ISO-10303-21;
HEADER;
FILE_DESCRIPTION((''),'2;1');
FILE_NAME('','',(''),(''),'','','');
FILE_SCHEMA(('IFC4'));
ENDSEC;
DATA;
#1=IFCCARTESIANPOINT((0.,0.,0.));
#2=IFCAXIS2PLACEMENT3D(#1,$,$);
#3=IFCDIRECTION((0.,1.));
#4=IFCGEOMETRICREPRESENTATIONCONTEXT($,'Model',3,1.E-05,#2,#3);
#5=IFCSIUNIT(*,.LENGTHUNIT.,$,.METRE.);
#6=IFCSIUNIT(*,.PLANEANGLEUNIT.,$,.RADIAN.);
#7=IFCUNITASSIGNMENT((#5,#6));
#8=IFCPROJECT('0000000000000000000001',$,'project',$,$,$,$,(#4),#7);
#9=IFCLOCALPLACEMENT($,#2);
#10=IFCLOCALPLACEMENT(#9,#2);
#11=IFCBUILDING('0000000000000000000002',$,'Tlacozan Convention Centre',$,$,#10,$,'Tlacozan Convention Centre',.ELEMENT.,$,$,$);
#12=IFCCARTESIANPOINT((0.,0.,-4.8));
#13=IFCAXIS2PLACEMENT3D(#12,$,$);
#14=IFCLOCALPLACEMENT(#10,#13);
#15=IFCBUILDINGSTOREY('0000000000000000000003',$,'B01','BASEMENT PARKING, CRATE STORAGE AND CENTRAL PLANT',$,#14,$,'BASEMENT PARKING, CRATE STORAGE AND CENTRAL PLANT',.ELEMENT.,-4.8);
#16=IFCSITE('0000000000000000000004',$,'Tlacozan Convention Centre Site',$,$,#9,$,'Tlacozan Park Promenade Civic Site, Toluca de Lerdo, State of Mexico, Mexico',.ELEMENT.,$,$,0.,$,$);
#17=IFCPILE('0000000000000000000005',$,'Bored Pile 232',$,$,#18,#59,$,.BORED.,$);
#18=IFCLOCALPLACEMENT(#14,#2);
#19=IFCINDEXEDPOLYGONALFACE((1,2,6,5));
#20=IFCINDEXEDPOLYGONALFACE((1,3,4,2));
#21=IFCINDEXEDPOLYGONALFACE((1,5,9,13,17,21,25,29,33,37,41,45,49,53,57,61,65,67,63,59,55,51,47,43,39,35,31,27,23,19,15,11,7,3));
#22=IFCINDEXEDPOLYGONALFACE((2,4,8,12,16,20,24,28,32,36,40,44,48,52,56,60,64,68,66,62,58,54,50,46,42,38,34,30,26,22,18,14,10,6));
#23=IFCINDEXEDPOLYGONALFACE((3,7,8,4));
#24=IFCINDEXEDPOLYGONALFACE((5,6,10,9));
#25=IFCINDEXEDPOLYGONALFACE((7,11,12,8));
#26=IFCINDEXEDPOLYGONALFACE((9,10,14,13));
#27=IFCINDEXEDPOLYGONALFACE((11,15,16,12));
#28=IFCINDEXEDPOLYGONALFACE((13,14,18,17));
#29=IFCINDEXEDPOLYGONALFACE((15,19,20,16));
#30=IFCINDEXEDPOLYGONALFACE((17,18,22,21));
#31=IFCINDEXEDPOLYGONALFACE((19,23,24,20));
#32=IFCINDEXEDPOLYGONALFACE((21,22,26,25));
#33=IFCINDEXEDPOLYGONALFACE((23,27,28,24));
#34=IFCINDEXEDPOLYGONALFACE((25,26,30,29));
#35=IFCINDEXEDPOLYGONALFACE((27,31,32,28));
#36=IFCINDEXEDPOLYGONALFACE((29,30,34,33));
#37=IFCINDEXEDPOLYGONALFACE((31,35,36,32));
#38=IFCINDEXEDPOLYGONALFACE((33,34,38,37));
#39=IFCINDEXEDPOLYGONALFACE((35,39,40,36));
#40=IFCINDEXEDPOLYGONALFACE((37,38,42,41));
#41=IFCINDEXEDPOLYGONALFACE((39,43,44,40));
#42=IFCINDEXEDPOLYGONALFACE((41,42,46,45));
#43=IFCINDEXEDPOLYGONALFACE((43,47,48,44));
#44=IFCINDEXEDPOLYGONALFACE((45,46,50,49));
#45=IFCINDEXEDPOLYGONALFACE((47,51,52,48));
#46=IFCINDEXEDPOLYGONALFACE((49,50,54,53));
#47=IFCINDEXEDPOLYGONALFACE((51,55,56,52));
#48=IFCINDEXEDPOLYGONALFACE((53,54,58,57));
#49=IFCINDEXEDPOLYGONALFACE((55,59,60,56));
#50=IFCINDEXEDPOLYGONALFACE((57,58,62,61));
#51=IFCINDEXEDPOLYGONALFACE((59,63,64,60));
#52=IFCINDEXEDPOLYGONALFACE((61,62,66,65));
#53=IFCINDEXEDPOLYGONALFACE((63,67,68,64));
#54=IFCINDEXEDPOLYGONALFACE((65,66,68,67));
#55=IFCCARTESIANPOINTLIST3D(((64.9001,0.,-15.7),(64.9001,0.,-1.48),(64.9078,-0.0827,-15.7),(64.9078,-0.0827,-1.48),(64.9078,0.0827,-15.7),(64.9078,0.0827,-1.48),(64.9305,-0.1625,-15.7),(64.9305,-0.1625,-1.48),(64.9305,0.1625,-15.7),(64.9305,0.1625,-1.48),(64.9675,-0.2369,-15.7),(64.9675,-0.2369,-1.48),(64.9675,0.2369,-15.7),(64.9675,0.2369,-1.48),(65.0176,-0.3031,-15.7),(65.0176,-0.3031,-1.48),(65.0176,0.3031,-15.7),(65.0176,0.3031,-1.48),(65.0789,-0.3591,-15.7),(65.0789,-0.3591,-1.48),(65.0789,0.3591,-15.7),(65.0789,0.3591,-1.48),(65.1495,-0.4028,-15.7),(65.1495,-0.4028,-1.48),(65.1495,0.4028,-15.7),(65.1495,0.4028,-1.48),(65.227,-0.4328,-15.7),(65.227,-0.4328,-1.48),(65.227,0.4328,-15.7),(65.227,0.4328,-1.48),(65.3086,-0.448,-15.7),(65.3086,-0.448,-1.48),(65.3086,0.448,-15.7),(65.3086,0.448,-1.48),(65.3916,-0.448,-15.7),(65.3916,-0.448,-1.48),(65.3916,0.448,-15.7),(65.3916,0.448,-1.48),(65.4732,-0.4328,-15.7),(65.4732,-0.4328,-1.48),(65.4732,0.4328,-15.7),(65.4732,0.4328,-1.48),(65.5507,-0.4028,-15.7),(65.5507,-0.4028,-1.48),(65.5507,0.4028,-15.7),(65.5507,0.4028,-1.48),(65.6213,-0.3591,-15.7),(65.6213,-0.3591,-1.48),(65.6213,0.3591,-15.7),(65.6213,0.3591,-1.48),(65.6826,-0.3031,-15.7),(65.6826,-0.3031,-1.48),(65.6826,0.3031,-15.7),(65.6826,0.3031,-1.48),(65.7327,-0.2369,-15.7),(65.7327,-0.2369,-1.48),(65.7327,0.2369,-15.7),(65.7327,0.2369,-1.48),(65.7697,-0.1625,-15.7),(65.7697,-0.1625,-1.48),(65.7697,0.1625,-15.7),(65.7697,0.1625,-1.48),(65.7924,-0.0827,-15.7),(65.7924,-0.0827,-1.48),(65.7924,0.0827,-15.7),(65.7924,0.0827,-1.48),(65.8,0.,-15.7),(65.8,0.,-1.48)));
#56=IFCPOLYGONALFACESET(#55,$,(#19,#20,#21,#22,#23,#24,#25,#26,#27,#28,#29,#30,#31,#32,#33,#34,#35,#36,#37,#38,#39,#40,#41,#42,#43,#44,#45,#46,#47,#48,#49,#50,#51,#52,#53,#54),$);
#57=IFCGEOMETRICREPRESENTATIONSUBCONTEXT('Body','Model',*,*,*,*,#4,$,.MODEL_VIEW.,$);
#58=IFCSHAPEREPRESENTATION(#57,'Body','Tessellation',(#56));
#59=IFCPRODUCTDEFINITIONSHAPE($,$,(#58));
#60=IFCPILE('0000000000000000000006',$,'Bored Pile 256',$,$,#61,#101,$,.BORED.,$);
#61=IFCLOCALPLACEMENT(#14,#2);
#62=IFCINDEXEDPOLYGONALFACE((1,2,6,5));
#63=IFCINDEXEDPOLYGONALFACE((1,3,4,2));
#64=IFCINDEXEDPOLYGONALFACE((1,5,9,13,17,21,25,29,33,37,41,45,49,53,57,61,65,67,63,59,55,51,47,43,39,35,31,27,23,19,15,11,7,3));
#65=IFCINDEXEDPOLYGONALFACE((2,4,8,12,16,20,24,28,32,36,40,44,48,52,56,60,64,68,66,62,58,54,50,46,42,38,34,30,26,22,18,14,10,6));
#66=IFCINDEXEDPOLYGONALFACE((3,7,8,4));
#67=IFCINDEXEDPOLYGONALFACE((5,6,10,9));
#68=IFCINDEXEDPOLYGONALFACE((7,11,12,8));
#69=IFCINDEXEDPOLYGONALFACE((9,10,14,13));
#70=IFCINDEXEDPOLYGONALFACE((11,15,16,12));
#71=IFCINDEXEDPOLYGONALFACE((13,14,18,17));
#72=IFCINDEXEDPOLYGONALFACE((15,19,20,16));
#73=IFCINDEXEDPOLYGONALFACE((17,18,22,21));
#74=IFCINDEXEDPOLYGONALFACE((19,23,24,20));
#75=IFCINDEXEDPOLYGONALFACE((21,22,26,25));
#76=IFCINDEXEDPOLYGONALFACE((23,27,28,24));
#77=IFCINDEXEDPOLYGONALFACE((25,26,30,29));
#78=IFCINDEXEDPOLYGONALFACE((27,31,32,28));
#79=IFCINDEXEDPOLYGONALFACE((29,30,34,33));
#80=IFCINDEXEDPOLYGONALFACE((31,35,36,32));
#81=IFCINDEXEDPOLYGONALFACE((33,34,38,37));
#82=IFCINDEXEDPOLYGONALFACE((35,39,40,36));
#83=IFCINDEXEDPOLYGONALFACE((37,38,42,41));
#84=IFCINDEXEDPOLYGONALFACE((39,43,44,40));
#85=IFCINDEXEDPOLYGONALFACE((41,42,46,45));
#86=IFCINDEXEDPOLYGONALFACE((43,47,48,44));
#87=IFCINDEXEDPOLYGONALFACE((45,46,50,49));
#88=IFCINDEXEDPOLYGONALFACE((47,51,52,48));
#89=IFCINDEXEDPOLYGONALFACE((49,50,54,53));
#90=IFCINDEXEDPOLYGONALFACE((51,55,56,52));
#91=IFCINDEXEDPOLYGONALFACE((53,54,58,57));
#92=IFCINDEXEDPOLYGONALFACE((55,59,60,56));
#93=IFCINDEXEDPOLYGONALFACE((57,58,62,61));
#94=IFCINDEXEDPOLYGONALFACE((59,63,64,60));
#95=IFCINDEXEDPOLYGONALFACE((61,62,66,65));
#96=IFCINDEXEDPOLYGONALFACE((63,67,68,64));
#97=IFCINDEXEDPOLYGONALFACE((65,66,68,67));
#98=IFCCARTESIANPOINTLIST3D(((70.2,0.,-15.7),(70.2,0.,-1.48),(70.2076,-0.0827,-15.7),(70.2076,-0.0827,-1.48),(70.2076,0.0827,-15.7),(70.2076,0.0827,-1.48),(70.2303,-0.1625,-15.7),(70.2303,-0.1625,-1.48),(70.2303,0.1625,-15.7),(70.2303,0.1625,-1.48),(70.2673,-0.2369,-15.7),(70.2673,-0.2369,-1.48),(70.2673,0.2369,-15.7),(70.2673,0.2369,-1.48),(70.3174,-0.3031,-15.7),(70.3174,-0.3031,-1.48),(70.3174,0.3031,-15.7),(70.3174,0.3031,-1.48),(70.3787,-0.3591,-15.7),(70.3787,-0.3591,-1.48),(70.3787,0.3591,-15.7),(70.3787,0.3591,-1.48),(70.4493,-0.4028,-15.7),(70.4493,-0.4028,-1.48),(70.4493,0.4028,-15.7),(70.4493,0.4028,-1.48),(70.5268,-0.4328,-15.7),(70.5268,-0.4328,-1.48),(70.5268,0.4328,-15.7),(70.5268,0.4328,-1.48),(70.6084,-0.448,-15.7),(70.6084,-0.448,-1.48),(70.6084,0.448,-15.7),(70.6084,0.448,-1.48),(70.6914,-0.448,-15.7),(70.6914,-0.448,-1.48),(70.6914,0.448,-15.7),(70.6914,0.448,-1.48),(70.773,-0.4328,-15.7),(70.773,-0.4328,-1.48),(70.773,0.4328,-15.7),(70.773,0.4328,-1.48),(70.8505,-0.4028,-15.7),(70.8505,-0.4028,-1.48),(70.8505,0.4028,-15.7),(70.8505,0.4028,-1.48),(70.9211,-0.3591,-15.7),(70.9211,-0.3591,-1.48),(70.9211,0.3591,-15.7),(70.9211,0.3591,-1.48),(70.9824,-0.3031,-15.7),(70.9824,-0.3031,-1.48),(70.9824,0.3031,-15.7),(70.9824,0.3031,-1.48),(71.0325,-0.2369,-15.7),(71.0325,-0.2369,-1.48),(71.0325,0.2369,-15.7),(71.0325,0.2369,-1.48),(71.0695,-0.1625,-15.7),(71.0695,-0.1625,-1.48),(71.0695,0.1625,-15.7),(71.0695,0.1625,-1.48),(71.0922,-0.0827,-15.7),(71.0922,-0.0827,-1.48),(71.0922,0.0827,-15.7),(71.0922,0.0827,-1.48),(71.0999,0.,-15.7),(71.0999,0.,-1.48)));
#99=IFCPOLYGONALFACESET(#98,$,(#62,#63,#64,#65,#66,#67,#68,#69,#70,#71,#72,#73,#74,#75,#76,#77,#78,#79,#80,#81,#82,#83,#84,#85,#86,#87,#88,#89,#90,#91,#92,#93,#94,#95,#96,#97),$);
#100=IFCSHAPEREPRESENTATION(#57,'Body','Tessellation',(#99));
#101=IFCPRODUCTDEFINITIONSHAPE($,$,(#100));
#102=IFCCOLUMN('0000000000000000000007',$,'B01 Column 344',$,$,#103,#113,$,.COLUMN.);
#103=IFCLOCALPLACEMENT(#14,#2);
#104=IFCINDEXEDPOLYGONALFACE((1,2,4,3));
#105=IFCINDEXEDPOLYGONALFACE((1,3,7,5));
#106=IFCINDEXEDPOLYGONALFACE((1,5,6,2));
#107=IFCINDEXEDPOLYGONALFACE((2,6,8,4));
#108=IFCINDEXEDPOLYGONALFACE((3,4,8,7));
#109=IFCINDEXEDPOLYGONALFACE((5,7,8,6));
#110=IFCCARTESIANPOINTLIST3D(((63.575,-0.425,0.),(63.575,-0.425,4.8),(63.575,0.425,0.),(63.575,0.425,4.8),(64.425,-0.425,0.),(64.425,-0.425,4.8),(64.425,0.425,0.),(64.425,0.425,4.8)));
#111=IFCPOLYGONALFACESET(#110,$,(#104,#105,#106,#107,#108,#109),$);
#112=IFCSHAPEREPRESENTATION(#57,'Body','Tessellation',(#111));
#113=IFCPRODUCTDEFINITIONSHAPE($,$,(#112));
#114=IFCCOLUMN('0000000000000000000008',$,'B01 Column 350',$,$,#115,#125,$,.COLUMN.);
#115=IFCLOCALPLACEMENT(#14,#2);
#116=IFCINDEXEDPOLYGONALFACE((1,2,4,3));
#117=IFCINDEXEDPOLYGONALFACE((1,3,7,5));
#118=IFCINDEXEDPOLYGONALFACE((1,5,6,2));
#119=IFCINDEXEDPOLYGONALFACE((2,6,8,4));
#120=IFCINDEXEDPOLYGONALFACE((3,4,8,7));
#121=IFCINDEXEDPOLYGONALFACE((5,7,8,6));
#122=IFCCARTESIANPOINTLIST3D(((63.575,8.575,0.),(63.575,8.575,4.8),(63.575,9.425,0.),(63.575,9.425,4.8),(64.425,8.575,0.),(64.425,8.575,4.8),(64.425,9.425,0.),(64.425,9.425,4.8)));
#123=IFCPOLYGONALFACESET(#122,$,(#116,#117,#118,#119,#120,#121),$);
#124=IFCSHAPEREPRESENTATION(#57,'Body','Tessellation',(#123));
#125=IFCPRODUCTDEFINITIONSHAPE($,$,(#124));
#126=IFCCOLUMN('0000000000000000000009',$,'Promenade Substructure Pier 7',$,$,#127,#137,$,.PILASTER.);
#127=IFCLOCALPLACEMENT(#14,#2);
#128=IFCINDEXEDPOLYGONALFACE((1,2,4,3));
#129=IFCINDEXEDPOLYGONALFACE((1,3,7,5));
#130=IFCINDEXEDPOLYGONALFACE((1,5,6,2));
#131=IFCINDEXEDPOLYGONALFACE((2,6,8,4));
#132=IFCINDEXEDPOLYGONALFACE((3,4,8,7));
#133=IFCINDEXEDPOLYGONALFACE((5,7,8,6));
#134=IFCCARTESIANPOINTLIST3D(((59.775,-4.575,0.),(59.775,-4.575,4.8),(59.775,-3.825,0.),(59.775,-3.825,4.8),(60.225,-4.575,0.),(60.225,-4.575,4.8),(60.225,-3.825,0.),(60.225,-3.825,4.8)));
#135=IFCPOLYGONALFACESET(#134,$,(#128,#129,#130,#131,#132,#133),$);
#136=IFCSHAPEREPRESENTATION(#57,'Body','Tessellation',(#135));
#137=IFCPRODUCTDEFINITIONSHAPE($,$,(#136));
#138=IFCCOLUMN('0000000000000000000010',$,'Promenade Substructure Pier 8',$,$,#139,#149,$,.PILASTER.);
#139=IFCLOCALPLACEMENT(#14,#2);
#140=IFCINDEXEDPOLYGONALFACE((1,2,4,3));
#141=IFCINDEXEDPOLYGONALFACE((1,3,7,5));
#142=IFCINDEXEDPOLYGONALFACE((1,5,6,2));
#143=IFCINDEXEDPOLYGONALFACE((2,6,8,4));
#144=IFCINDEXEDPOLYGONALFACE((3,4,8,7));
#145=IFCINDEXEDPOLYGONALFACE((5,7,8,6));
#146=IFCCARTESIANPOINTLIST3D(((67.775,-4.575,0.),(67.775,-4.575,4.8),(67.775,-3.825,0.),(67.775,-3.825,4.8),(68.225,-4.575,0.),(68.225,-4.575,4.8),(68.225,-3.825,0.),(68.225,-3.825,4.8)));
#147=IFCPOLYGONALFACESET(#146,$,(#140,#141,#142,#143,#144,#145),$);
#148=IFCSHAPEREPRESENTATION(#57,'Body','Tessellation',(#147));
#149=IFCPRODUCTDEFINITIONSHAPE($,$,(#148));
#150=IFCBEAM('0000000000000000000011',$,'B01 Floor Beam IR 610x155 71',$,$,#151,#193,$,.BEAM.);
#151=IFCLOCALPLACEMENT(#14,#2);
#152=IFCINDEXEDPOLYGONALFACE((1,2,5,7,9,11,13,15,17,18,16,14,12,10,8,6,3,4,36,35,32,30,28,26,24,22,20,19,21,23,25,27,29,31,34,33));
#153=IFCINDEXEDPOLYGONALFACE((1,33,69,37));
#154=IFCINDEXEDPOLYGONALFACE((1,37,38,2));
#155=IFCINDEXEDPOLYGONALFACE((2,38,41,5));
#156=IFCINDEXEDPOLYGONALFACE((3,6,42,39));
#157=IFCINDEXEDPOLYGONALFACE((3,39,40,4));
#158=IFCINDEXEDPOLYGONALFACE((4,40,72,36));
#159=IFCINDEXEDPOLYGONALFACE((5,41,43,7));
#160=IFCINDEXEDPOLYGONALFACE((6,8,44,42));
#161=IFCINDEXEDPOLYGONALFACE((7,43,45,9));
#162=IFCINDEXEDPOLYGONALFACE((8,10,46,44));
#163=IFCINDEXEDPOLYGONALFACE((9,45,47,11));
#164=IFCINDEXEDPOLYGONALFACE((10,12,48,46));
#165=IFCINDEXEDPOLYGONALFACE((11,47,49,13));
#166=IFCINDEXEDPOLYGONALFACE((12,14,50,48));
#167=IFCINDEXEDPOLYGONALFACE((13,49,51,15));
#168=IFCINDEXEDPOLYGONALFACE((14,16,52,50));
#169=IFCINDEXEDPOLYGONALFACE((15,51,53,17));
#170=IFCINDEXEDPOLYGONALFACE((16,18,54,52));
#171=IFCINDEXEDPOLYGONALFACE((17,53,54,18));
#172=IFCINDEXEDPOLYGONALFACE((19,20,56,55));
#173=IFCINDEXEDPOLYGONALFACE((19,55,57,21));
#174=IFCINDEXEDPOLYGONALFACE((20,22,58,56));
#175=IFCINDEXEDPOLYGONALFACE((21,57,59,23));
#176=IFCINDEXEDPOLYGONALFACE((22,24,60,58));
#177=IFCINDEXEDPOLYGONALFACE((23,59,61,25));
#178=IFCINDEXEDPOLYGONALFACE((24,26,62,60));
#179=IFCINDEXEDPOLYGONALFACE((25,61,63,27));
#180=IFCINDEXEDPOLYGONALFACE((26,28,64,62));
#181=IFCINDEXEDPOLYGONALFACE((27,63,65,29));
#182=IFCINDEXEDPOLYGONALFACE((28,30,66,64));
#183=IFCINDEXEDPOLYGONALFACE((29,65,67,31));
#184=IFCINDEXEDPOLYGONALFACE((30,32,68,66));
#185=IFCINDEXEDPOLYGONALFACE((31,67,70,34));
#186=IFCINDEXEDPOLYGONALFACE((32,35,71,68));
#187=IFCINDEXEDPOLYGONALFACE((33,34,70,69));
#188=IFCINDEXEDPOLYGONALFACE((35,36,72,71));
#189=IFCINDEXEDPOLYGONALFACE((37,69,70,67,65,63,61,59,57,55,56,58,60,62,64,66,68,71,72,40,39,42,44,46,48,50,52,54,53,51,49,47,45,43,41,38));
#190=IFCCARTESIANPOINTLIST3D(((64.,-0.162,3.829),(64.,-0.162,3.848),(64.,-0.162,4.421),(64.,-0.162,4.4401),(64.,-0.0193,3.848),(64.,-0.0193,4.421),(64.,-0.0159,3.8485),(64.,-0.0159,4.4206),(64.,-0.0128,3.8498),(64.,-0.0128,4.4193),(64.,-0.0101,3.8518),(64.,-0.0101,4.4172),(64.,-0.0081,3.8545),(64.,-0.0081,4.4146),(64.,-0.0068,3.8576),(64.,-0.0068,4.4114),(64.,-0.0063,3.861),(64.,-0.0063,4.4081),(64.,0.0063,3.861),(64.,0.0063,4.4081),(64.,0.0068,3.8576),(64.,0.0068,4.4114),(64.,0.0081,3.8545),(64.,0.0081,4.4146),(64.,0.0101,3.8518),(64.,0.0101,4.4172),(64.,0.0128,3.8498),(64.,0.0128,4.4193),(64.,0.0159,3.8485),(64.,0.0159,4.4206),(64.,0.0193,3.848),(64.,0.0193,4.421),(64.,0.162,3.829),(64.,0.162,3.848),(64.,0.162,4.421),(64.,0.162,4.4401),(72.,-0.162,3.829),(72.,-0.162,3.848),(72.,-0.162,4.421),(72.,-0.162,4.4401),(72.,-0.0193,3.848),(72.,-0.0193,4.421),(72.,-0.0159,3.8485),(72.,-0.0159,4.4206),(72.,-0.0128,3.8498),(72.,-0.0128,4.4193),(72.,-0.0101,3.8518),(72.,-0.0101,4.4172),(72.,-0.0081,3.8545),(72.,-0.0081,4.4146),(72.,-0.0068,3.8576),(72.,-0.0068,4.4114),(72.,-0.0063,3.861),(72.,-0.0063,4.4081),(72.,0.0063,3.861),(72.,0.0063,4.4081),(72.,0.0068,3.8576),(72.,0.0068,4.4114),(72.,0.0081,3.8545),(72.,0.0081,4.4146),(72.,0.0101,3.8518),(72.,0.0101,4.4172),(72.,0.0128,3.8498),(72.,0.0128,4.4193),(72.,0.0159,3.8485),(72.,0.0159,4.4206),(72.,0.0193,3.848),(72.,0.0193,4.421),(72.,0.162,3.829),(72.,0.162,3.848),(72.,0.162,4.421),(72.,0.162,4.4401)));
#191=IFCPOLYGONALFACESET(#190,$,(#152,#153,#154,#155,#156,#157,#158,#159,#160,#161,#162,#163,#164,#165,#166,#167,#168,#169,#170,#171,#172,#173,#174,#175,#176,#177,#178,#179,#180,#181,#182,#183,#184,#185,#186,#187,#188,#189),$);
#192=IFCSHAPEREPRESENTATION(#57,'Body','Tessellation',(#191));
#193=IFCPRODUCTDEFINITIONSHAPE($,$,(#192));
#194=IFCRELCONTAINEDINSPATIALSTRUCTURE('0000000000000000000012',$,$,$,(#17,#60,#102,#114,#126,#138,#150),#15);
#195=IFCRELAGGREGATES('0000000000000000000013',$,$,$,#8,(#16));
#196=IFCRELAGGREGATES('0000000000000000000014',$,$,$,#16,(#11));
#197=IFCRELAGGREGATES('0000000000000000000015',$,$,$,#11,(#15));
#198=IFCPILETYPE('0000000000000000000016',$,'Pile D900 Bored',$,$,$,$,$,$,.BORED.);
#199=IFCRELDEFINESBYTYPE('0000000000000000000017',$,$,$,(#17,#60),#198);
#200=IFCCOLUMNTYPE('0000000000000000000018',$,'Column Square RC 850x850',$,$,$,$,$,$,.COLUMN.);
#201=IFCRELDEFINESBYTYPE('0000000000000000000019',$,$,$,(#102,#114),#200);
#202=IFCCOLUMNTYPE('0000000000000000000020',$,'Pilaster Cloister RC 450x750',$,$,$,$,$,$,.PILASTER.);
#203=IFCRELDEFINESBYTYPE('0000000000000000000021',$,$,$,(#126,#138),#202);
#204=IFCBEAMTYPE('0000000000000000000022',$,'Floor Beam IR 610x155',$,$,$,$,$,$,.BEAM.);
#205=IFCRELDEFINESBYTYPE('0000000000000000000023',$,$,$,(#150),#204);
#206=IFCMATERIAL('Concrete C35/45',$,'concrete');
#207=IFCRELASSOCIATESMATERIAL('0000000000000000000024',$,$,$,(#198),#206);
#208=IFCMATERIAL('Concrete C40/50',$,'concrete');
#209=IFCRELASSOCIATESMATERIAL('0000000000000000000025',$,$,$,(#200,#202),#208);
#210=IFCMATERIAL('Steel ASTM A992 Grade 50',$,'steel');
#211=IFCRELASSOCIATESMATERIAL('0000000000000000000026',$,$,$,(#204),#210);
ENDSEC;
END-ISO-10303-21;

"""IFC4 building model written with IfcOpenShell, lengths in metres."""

from ifc_helpers import new_model, si_unit, direction, frame, origin, origin_2d, place, context, subcontext, project, spatial, rectangle, circle, i_section, extrude, material, material_profile, profile_set, type_object, element, save


model = new_model("IFC4")

# Units and contexts
model_context = context("Model", 3, precision=1e-05, world=origin(), true_north=direction((0.0, 1.0)))
body_context = subcontext(model_context, "Body", "Model", "MODEL_VIEW")
ifc_project = project(units=[si_unit("LENGTHUNIT", "METRE"), si_unit("PLANEANGLEUNIT", "RADIAN")], contexts=[model_context])

# Site, building, storey
site_placement = place(None, origin())
site = spatial("IfcSite", under=ifc_project, at=site_placement, Name="Tlacozan Convention Centre Site", LongName="Tlacozan Park Promenade Civic Site, Toluca de Lerdo, State of Mexico, Mexico", CompositionType="ELEMENT", RefElevation=0.0)
building_placement = place(site_placement, origin())
building = spatial("IfcBuilding", under=site, at=building_placement, Name="Tlacozan Convention Centre", LongName="Tlacozan Convention Centre", CompositionType="ELEMENT")
storey_placement = place(building_placement, frame((0.0, 0.0, -4.8)))
storey = spatial("IfcBuildingStorey", under=building, at=storey_placement, Name="B01", Description="BASEMENT PARKING, CRATE STORAGE AND CENTRAL PLANT", LongName="BASEMENT PARKING, CRATE STORAGE AND CENTRAL PLANT", CompositionType="ELEMENT", Elevation=-4.8)

# Shared definitions
ifc_material_1 = material(Name="Concrete C35/45", Category="concrete")

# Piles
ifc_material_profile_1 = material_profile(ifc_material_1, circle(Radius=0.45, at=origin_2d()), Name="PILE D900")
ifc_profile_set_1 = profile_set([ifc_material_profile_1], Name="Concrete C35/45")
pile_type_1 = type_object("IfcPileType", Name="Pile D900 Bored", PredefinedType="BORED", material=ifc_profile_set_1)
for number, where, z_axis, x_axis, name in (
    (1, (65.3501, 0.0, -1.48), (0.0, 0.0, -1.0), (1.0, 0.0, 0.0), "Bored Pile 232"),
    (2, (70.6499, 0.0, -1.48), (0.0, 0.0, -1.0), (1.0, 0.0, 0.0), "Bored Pile 256"),
):
    element("IfcPile", number, at=place(storey_placement, frame(where, z_axis=z_axis, x_axis=x_axis)), inside=storey, type_object=pile_type_1, Name=name, PredefinedType="BORED", context=body_context, shape_type="SweptSolid", body=[
        extrude(circle(Radius=0.45, at=origin_2d()), origin(), (0.0, 0.0, 1.0), 14.22),
    ])

# Columns
ifc_material_2 = material(Name="Concrete C40/50", Category="concrete")
ifc_material_profile_2 = material_profile(ifc_material_2, rectangle(XDim=0.8501, YDim=0.8501, at=origin_2d()), Name="RC 850x850")
ifc_profile_set_2 = profile_set([ifc_material_profile_2], Name="Concrete C40/50")
column_type_1 = type_object("IfcColumnType", Name="Column Square RC 850x850", PredefinedType="COLUMN", material=ifc_profile_set_2)
for number, where, z_axis, x_axis, name in (
    (3, (64.0, 0.0, 0.0), (0.0, 0.0, 1.0), (1.0, 0.0, 0.0), "B01 Column 344"),
    (4, (64.0, 9.0, 0.0), (0.0, 0.0, 1.0), (1.0, 0.0, 0.0), "B01 Column 350"),
):
    element("IfcColumn", number, at=place(storey_placement, frame(where, z_axis=z_axis, x_axis=x_axis)), inside=storey, type_object=column_type_1, Name=name, PredefinedType="COLUMN", context=body_context, shape_type="SweptSolid", body=[
        extrude(rectangle(XDim=0.8501, YDim=0.8501, at=origin_2d()), origin(), (0.0, 0.0, 1.0), 4.8),
    ])
ifc_material_profile_3 = material_profile(ifc_material_2, rectangle(XDim=0.45, YDim=0.75, at=origin_2d()), Name="RC 450x750")
ifc_profile_set_3 = profile_set([ifc_material_profile_3], Name="Concrete C40/50")
column_type_2 = type_object("IfcColumnType", Name="Pilaster Cloister RC 450x750", PredefinedType="PILASTER", material=ifc_profile_set_3)
for number, where, z_axis, x_axis, name in (
    (5, (60.0, -4.2, 0.0), (0.0, 0.0, 1.0), (1.0, 0.0, 0.0), "Promenade Substructure Pier 7"),
    (6, (68.0, -4.2, 0.0), (0.0, 0.0, 1.0), (1.0, 0.0, 0.0), "Promenade Substructure Pier 8"),
):
    element("IfcColumn", number, at=place(storey_placement, frame(where, z_axis=z_axis, x_axis=x_axis)), inside=storey, type_object=column_type_2, Name=name, PredefinedType="PILASTER", context=body_context, shape_type="SweptSolid", body=[
        extrude(rectangle(XDim=0.45, YDim=0.75, at=origin_2d()), origin(), (0.0, 0.0, 1.0), 4.8),
    ])

# Beam
ifc_material_3 = material(Name="Steel ASTM A992 Grade 50", Category="steel")
ifc_material_profile_4 = material_profile(ifc_material_3, i_section(OverallWidth=0.324, OverallDepth=0.6111, WebThickness=0.0127, FlangeThickness=0.019, FilletRadius=0.0129, at=origin_2d()), Name="IR 610x155.0")
ifc_profile_set_4 = profile_set([ifc_material_profile_4], Name="Steel ASTM A992 Grade 50")
beam_type_1 = type_object("IfcBeamType", Name="Floor Beam IR 610x155", PredefinedType="BEAM", material=ifc_profile_set_4)
for number, where, z_axis, x_axis, name in (
    (7, (64.0, 0.0, 4.1345), (1.0, 0.0, 0.0), (0.0, 1.0, 0.0), "B01 Floor Beam IR 610x155 71"),
):
    element("IfcBeam", number, at=place(storey_placement, frame(where, z_axis=z_axis, x_axis=x_axis)), inside=storey, type_object=beam_type_1, Name=name, PredefinedType="BEAM", context=body_context, shape_type="SweptSolid", body=[
        extrude(i_section(OverallWidth=0.324, OverallDepth=0.6111, WebThickness=0.0127, FlangeThickness=0.019, FilletRadius=0.0129, at=origin_2d()), origin(), (0.0, 0.0, 1.0), 8.0),
    ])

save(model, "model.ifc")
